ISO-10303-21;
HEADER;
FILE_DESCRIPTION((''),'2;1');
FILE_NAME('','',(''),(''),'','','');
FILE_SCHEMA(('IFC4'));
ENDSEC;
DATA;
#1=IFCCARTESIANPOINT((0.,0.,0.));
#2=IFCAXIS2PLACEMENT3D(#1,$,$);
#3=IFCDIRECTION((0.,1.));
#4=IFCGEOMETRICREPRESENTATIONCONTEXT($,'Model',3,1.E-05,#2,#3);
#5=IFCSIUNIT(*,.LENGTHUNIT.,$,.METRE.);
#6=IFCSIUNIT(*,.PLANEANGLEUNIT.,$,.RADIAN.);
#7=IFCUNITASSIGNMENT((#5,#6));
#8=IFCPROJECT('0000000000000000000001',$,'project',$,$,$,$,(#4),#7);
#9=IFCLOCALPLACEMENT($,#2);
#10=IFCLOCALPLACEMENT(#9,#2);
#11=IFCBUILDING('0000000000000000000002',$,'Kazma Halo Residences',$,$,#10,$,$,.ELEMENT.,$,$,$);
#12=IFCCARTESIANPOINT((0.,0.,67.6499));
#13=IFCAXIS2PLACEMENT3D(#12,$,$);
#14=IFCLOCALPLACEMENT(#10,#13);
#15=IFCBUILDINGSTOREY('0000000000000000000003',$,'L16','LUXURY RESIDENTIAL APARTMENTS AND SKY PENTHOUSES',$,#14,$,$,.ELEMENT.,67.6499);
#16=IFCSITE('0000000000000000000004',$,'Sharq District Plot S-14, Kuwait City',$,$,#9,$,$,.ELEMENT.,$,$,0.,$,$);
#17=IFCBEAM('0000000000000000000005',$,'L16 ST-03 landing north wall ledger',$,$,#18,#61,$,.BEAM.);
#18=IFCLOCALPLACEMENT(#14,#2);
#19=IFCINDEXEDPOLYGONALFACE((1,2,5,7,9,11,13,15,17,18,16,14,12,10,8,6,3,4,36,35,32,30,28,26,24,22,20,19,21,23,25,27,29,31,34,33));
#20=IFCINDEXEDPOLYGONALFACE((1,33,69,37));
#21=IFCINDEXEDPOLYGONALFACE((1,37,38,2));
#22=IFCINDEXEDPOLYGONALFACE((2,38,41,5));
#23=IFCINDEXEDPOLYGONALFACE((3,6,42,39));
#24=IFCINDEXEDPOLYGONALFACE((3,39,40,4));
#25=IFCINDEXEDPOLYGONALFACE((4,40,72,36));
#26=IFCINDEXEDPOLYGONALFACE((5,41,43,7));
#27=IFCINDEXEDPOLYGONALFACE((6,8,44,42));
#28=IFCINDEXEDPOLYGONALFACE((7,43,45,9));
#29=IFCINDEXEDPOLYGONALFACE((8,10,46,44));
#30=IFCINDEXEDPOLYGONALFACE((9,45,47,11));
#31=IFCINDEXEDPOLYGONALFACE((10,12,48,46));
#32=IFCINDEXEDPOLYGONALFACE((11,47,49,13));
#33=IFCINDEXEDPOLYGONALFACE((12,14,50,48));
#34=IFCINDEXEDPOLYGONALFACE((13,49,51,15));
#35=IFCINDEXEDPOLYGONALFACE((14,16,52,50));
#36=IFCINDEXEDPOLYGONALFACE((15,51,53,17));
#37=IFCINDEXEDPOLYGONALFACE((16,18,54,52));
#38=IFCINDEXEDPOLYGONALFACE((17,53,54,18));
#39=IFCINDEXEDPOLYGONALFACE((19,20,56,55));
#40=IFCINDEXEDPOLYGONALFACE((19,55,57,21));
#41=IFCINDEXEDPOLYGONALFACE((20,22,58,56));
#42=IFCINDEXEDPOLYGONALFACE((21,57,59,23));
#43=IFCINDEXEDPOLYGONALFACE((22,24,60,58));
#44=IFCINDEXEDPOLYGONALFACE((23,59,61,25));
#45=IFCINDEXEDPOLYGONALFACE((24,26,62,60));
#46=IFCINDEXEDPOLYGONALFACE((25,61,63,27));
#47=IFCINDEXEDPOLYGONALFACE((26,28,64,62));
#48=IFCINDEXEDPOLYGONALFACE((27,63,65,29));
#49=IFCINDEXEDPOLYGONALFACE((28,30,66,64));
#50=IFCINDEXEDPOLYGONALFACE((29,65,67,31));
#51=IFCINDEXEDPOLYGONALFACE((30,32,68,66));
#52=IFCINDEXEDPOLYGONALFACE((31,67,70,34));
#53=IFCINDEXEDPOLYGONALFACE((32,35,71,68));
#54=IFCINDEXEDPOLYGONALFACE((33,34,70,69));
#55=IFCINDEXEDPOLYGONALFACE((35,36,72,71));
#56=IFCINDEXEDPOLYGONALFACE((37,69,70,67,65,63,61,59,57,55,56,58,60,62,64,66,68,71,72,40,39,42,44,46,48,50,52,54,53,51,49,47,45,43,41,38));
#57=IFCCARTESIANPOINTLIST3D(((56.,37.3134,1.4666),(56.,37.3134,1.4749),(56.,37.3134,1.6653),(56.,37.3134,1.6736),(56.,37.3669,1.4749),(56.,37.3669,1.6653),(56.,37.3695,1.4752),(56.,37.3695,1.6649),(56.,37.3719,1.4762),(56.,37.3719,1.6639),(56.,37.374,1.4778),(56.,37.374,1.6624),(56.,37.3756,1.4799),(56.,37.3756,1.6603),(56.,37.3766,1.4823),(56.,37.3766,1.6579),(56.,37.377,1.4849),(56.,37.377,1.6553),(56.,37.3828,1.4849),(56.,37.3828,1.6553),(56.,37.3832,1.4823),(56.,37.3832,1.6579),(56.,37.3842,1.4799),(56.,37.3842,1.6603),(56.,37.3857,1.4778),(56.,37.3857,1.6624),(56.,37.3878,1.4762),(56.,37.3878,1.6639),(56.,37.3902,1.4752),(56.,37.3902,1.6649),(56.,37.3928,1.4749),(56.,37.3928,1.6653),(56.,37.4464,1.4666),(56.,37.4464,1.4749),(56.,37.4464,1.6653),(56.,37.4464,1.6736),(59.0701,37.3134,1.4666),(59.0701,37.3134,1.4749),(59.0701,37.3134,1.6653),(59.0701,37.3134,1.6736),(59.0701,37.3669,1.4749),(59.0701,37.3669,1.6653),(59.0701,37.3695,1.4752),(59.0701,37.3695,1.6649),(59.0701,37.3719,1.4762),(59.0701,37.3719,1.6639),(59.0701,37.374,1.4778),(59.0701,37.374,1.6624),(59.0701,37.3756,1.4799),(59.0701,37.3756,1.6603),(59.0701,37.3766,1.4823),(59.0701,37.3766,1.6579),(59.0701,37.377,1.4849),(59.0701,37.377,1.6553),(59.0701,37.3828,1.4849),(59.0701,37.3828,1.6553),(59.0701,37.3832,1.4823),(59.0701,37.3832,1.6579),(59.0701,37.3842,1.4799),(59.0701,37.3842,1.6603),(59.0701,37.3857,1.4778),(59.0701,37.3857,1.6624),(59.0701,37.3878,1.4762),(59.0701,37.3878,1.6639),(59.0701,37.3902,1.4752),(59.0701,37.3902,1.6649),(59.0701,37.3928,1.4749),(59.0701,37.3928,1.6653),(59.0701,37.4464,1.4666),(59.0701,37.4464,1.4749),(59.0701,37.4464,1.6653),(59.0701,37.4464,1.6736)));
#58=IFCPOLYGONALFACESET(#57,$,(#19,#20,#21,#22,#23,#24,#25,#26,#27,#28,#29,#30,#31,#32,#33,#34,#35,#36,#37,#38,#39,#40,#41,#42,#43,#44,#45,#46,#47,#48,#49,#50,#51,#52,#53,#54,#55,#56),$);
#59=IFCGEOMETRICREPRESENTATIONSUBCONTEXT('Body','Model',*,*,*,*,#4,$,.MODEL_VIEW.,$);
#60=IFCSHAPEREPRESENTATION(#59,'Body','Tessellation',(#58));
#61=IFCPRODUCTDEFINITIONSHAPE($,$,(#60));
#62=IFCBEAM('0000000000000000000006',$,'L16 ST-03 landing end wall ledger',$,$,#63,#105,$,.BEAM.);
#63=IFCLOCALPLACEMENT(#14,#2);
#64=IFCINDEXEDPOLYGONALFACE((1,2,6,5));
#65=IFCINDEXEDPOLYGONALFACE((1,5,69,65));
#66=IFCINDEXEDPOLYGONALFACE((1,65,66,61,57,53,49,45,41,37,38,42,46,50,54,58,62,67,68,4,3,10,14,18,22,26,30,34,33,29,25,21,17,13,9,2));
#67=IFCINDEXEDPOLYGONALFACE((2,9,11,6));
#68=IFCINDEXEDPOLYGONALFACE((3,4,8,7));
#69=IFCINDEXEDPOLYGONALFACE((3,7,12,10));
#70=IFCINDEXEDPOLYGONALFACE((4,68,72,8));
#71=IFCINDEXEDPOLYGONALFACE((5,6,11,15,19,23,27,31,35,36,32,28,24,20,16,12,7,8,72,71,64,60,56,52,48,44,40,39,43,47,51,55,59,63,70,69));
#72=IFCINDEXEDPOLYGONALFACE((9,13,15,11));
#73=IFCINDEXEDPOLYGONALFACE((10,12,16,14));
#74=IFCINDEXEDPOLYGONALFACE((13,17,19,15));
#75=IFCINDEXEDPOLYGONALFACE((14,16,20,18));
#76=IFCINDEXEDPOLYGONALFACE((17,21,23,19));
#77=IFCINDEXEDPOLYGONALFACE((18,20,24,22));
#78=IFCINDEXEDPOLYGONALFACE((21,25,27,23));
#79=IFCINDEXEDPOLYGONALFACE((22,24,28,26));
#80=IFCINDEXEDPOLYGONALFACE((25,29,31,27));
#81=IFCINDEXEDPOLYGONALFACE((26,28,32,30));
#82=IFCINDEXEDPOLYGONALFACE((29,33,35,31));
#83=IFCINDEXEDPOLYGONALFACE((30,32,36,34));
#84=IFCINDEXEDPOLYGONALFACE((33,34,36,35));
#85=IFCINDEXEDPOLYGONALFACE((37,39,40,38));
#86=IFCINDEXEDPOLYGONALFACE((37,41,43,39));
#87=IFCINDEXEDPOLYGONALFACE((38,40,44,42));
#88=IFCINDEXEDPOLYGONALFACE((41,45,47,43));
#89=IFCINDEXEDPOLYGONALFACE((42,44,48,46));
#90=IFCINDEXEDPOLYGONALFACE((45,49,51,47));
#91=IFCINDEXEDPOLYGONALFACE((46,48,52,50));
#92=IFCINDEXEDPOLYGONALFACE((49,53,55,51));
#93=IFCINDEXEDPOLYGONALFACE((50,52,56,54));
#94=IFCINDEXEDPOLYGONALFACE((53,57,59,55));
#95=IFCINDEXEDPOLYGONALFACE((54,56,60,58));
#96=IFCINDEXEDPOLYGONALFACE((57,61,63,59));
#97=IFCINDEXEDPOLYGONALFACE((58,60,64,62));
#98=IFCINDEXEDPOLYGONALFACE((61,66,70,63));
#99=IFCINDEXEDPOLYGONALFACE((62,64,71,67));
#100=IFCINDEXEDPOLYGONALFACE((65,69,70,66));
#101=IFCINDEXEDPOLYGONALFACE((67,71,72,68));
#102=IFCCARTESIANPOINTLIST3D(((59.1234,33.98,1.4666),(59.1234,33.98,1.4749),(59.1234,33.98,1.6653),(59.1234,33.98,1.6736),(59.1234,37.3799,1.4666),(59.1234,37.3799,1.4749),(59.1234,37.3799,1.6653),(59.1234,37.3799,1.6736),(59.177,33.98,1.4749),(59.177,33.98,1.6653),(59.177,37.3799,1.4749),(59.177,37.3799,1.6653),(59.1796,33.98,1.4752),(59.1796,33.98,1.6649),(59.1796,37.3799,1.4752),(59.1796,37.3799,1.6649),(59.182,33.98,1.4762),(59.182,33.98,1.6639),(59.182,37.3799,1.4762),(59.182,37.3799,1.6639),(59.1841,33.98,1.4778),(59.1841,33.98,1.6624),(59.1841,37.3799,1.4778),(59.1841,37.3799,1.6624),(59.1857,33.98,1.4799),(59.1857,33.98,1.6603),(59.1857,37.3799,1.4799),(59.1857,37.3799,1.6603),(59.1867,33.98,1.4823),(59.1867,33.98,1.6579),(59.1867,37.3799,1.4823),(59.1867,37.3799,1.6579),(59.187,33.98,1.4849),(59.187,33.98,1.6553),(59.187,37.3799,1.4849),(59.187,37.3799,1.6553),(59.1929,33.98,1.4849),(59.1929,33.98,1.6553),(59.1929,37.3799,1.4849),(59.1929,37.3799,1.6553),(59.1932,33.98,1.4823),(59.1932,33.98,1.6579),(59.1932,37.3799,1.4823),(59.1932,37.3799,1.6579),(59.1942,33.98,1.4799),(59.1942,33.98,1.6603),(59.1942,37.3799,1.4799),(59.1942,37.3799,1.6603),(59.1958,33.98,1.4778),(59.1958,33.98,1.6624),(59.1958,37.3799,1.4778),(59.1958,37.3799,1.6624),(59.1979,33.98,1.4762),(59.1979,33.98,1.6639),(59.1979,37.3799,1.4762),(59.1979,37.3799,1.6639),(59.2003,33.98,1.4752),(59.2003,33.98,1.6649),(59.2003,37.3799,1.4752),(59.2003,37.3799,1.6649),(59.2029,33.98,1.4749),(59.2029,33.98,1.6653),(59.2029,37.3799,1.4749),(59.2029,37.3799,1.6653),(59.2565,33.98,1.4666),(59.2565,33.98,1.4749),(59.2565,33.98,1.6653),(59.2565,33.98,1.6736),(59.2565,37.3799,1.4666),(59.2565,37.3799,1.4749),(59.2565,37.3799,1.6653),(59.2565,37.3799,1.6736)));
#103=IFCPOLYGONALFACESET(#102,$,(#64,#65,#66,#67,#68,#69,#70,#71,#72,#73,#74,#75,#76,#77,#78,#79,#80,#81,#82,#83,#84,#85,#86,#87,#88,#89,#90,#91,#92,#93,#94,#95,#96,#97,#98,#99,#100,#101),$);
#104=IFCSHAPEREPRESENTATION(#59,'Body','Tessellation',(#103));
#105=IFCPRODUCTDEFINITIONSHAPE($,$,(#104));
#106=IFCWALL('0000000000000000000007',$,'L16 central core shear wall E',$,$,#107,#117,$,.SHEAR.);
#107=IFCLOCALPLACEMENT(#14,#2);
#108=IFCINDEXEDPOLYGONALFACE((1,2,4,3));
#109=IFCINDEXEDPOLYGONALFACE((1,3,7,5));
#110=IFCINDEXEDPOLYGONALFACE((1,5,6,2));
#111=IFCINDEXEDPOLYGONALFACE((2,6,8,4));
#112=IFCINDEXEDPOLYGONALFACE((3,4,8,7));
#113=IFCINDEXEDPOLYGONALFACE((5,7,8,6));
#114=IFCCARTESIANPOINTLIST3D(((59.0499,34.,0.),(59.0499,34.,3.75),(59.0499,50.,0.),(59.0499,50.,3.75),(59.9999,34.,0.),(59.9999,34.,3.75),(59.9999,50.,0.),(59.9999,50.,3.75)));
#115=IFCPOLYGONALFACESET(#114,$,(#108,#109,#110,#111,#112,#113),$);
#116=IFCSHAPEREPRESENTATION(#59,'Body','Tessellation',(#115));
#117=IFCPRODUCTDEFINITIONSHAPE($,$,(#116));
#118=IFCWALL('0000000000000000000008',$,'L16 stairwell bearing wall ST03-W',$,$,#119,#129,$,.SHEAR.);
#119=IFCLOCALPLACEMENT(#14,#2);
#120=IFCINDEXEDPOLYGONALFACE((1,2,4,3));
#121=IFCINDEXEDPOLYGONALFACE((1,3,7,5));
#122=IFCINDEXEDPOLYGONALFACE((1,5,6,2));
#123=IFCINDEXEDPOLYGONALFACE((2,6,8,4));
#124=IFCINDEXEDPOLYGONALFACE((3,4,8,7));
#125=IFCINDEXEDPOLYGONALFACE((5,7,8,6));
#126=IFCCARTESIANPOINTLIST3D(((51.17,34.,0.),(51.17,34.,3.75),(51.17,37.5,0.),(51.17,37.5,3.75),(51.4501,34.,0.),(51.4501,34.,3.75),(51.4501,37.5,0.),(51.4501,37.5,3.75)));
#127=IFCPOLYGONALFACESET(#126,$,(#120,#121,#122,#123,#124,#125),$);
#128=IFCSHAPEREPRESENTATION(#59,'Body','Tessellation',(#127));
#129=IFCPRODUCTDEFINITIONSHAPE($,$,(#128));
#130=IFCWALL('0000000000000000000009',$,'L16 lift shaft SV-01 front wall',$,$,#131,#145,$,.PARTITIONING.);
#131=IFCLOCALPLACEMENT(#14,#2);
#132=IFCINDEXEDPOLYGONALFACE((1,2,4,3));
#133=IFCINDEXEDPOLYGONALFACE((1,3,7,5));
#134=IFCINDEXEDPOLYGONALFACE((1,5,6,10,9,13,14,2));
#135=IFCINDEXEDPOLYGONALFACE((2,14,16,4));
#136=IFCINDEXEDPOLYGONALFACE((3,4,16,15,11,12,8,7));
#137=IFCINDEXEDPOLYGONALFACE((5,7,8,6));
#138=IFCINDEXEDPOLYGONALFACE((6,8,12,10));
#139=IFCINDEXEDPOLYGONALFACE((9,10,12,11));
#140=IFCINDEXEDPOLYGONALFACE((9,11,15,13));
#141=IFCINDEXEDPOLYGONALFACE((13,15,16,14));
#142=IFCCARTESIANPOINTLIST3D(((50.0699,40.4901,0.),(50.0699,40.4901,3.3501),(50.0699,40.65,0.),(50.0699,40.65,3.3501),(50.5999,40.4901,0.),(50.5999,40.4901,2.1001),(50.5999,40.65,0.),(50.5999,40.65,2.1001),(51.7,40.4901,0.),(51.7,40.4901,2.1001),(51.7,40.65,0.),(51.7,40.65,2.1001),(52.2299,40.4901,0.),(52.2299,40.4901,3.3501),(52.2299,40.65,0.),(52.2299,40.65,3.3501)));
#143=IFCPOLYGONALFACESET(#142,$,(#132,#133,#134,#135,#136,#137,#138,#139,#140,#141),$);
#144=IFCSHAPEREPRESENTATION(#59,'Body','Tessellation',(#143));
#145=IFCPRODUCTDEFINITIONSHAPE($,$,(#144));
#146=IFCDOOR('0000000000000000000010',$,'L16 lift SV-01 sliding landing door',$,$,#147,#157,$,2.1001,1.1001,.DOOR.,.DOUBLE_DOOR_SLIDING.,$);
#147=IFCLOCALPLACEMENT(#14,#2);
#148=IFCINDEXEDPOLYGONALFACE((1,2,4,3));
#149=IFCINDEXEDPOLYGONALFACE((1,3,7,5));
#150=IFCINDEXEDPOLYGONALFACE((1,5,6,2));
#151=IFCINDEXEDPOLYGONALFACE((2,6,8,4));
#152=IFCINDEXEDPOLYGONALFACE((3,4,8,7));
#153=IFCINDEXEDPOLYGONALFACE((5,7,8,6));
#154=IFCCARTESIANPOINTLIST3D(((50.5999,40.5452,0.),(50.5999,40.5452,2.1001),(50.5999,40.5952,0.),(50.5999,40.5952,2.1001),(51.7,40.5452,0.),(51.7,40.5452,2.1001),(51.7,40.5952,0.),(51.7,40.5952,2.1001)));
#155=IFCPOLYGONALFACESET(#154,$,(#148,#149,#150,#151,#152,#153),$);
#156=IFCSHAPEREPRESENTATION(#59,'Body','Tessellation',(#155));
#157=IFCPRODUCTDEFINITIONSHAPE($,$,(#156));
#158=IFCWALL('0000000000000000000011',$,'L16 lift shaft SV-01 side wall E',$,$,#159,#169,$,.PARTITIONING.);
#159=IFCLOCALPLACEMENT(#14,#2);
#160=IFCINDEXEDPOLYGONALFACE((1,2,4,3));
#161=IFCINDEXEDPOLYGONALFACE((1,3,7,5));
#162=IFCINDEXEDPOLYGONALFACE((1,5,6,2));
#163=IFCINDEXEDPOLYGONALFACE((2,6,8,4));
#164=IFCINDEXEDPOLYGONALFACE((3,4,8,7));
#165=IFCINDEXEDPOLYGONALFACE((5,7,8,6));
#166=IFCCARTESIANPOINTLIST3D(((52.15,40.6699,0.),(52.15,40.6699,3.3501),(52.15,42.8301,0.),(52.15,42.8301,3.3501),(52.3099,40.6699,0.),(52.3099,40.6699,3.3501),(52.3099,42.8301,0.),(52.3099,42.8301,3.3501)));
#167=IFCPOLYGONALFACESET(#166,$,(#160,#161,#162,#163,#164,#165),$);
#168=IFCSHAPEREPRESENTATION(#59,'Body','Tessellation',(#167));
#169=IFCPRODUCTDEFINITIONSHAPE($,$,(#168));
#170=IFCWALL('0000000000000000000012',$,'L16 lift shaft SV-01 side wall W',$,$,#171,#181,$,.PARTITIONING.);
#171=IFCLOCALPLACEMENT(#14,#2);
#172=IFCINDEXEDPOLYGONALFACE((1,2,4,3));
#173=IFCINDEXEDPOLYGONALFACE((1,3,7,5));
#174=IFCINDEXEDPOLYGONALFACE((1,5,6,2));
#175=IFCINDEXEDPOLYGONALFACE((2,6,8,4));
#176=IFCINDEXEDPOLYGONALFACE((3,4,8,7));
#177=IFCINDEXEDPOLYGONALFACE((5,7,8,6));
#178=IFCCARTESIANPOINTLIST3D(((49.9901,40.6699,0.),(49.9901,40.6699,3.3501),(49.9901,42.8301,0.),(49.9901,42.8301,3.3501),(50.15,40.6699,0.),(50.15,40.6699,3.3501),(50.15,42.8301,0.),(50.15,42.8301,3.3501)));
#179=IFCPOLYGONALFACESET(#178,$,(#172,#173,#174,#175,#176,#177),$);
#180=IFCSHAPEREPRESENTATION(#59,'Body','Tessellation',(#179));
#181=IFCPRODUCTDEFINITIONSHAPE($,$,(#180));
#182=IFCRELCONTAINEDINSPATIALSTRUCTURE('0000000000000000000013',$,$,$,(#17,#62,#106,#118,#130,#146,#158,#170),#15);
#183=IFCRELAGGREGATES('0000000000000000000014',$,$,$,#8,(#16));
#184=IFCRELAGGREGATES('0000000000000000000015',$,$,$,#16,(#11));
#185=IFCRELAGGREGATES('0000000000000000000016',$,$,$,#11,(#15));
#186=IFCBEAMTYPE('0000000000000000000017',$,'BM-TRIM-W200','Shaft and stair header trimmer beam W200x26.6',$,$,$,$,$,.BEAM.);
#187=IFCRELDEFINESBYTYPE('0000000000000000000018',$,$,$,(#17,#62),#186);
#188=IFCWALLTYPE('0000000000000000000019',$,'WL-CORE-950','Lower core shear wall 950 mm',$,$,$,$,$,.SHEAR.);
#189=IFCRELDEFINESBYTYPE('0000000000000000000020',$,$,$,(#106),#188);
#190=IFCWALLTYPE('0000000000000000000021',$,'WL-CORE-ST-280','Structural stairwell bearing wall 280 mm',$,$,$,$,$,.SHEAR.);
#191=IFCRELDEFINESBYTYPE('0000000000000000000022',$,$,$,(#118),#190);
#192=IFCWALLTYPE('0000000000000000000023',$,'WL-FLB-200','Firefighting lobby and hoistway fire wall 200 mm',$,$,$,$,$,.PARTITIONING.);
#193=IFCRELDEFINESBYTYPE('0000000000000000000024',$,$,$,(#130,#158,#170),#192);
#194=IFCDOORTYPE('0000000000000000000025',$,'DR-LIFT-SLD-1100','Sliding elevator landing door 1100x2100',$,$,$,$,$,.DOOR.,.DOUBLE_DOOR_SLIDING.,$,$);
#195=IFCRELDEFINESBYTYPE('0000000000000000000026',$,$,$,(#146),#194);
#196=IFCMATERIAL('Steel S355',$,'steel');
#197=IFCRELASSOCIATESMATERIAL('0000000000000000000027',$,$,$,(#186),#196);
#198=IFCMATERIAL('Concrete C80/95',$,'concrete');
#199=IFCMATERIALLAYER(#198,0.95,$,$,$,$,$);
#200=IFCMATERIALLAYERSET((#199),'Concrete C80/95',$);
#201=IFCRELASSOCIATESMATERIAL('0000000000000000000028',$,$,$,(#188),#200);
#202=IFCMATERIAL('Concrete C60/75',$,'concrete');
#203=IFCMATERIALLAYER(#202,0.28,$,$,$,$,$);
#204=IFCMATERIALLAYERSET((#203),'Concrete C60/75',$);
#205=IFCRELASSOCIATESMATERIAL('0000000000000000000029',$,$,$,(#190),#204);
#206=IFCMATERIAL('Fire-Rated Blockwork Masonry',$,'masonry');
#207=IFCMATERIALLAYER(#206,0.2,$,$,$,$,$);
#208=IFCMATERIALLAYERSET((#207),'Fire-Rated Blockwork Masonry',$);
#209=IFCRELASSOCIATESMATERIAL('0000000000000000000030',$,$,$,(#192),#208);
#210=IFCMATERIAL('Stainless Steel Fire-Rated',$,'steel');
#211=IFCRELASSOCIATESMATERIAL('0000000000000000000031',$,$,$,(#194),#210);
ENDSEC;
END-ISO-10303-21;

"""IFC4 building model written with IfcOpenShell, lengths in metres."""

from ifc_helpers import new_model, si_unit, direction, frame, frame_2d, origin, origin_2d, place, context, subcontext, project, spatial, rectangle, i_section, extrude, material, layer, layer_set, material_profile, profile_set, type_object, element, fill, save


model = new_model("IFC4")

# Units and contexts
model_context = context("Model", 3, precision=1e-05, world=origin(), true_north=direction((0.0, 1.0)))
body_context = subcontext(model_context, "Body", "Model", "MODEL_VIEW")
ifc_project = project(units=[si_unit("LENGTHUNIT", "METRE"), si_unit("PLANEANGLEUNIT", "RADIAN")], contexts=[model_context])

# Site, building, storey
site_placement = place(None, origin())
site = spatial("IfcSite", under=ifc_project, at=site_placement, Name="Sharq District Plot S-14, Kuwait City", CompositionType="ELEMENT", RefElevation=0.0)
building_placement = place(site_placement, origin())
building = spatial("IfcBuilding", under=site, at=building_placement, Name="Kazma Halo Residences", CompositionType="ELEMENT")
storey_placement = place(building_placement, frame((0.0, 0.0, 67.6499)))
storey = spatial("IfcBuildingStorey", under=building, at=storey_placement, Name="L16", Description="LUXURY RESIDENTIAL APARTMENTS AND SKY PENTHOUSES", CompositionType="ELEMENT", Elevation=67.6499)

# Shared definitions
ifc_material_1 = material(Name="Steel S355", Category="steel")

# Beams
ifc_material_profile_1 = material_profile(ifc_material_1, i_section(OverallWidth=0.1331, OverallDepth=0.207, WebThickness=0.0059, FlangeThickness=0.0083, FilletRadius=0.01, at=origin_2d()), Name="W200x26.6")
ifc_profile_set_1 = profile_set([ifc_material_profile_1], Name="Steel S355")
beam_type_1 = type_object("IfcBeamType", Name="BM-TRIM-W200", Description="Shaft and stair header trimmer beam W200x26.6", PredefinedType="BEAM", material=ifc_profile_set_1)
beam_1_placement = place(storey_placement, frame((56.0, 37.3799, 1.5701), z_axis=(1.0, 0.0, 0.0), x_axis=(0.0, 1.0, 0.0)))
element("IfcBeam", 1, at=beam_1_placement, inside=storey, type_object=beam_type_1, Name="L16 ST-03 landing north wall ledger", PredefinedType="BEAM", context=body_context, shape_type="SweptSolid", body=[
    extrude(i_section(OverallWidth=0.1331, OverallDepth=0.207, WebThickness=0.0059, FlangeThickness=0.0083, FilletRadius=0.01, at=origin_2d()), origin(), (0.0, 0.0, 1.0), 3.0701),
])
beam_2_placement = place(storey_placement, frame((59.1899, 33.98, 1.5701), z_axis=(0.0, 1.0, 0.0), x_axis=(-1.0, 0.0, 0.0)))
element("IfcBeam", 2, at=beam_2_placement, inside=storey, type_object=beam_type_1, Name="L16 ST-03 landing end wall ledger", PredefinedType="BEAM", context=body_context, shape_type="SweptSolid", body=[
    extrude(i_section(OverallWidth=0.1331, OverallDepth=0.207, WebThickness=0.0059, FlangeThickness=0.0083, FilletRadius=0.01, at=origin_2d()), origin(), (0.0, 0.0, 1.0), 3.3999),
])

# Walls
ifc_material_2 = material(Name="Concrete C80/95", Category="concrete")
ifc_layer_1 = layer(ifc_material_2, 0.95)
ifc_layer_set_1 = layer_set([ifc_layer_1], Name="Concrete C80/95")
wall_type_1 = type_object("IfcWallType", Name="WL-CORE-950", Description="Lower core shear wall 950 mm", PredefinedType="SHEAR", material=ifc_layer_set_1)
wall_1_placement = place(storey_placement, frame((59.5249, 34.0, 0.0), z_axis=(0.0, 0.0, 1.0), x_axis=(0.0, 1.0, 0.0)))
element("IfcWall", 3, at=wall_1_placement, inside=storey, type_object=wall_type_1, Name="L16 central core shear wall E", PredefinedType="SHEAR", context=body_context, shape_type="SweptSolid", body=[
    extrude(rectangle(XDim=16.0, YDim=0.95, at=frame_2d((8.0, 0.0))), origin(), (0.0, 0.0, 1.0), 3.75),
])
ifc_material_3 = material(Name="Concrete C60/75", Category="concrete")
ifc_layer_2 = layer(ifc_material_3, 0.28)
ifc_layer_set_2 = layer_set([ifc_layer_2], Name="Concrete C60/75")
wall_type_2 = type_object("IfcWallType", Name="WL-CORE-ST-280", Description="Structural stairwell bearing wall 280 mm", PredefinedType="SHEAR", material=ifc_layer_set_2)
wall_2_placement = place(storey_placement, frame((51.3101, 34.0, 0.0), z_axis=(0.0, 0.0, 1.0), x_axis=(0.0, 1.0, 0.0)))
element("IfcWall", 4, at=wall_2_placement, inside=storey, type_object=wall_type_2, Name="L16 stairwell bearing wall ST03-W", PredefinedType="SHEAR", context=body_context, shape_type="SweptSolid", body=[
    extrude(rectangle(XDim=3.5, YDim=0.28, at=frame_2d((1.75, 0.0))), origin(), (0.0, 0.0, 1.0), 3.75),
])

# Wall, opening, door
ifc_material_4 = material(Name="Fire-Rated Blockwork Masonry", Category="masonry")
ifc_layer_3 = layer(ifc_material_4, 0.2)
ifc_layer_set_3 = layer_set([ifc_layer_3], Name="Fire-Rated Blockwork Masonry")
wall_type_3 = type_object("IfcWallType", Name="WL-FLB-200", Description="Firefighting lobby and hoistway fire wall 200 mm", PredefinedType="PARTITIONING", material=ifc_layer_set_3)
wall_3_placement = place(storey_placement, frame((52.23, 40.5701, 0.0), z_axis=(0.0, 0.0, 1.0), x_axis=(-1.0, 0.0, 0.0)))
wall_3 = element("IfcWall", 5, at=wall_3_placement, inside=storey, type_object=wall_type_3, Name="L16 lift shaft SV-01 front wall", PredefinedType="PARTITIONING", context=body_context, shape_type="SweptSolid", body=[
    extrude(rectangle(XDim=2.1599, YDim=0.1599, at=frame_2d((1.0801, 0.0))), origin(), (0.0, 0.0, 1.0), 3.3501),
])
opening_1_placement = place(wall_3_placement, frame((0.53, 0.0, 0.0)))
opening_1 = element("IfcOpeningElement", 6, at=opening_1_placement, cuts=wall_3, PredefinedType="OPENING", context=body_context, shape_type="SweptSolid", body=[
    extrude(rectangle(XDim=1.1001, YDim=2.1001, at=frame_2d((0.55, 1.05))), frame((0.0, 0.0898, 0.0), z_axis=(0.0, -1.0, 0.0), x_axis=(1.0, 0.0, 0.0)), (0.0, 0.0, 1.0), 0.1799),
])
ifc_material_5 = material(Name="Stainless Steel Fire-Rated", Category="steel")
door_type_1 = type_object("IfcDoorType", Name="DR-LIFT-SLD-1100", Description="Sliding elevator landing door 1100x2100", OperationType="DOUBLE_DOOR_SLIDING", PredefinedType="DOOR", material=ifc_material_5)
door_1_placement = place(opening_1_placement, origin())
door_1 = element("IfcDoor", 7, at=door_1_placement, inside=storey, type_object=door_type_1, Name="L16 lift SV-01 sliding landing door", OperationType="DOUBLE_DOOR_SLIDING", OverallHeight=2.1001, OverallWidth=1.1001, PredefinedType="DOOR", context=body_context, shape_type="SweptSolid", body=[
    extrude(rectangle(XDim=1.1001, YDim=2.1001, at=frame_2d((0.55, 1.05))), frame((0.0, 0.0249, 0.0), z_axis=(0.0, -1.0, 0.0), x_axis=(1.0, 0.0, 0.0)), (0.0, 0.0, 1.0), 0.05),
])
fill(opening_1, door_1)

# Walls
for number, where, z_axis, x_axis, name in (
    (8, (52.23, 40.6699, 0.0), (0.0, 0.0, 1.0), (0.0, 1.0, 0.0), "L16 lift shaft SV-01 side wall E"),
    (9, (50.0701, 40.6699, 0.0), (0.0, 0.0, 1.0), (0.0, 1.0, 0.0), "L16 lift shaft SV-01 side wall W"),
):
    element("IfcWall", number, at=place(storey_placement, frame(where, z_axis=z_axis, x_axis=x_axis)), inside=storey, type_object=wall_type_3, Name=name, PredefinedType="PARTITIONING", context=body_context, shape_type="SweptSolid", body=[
        extrude(rectangle(XDim=2.1602, YDim=0.1599, at=frame_2d((1.0801, 0.0))), origin(), (0.0, 0.0, 1.0), 3.3501),
    ])

save(model, "model.ifc")
